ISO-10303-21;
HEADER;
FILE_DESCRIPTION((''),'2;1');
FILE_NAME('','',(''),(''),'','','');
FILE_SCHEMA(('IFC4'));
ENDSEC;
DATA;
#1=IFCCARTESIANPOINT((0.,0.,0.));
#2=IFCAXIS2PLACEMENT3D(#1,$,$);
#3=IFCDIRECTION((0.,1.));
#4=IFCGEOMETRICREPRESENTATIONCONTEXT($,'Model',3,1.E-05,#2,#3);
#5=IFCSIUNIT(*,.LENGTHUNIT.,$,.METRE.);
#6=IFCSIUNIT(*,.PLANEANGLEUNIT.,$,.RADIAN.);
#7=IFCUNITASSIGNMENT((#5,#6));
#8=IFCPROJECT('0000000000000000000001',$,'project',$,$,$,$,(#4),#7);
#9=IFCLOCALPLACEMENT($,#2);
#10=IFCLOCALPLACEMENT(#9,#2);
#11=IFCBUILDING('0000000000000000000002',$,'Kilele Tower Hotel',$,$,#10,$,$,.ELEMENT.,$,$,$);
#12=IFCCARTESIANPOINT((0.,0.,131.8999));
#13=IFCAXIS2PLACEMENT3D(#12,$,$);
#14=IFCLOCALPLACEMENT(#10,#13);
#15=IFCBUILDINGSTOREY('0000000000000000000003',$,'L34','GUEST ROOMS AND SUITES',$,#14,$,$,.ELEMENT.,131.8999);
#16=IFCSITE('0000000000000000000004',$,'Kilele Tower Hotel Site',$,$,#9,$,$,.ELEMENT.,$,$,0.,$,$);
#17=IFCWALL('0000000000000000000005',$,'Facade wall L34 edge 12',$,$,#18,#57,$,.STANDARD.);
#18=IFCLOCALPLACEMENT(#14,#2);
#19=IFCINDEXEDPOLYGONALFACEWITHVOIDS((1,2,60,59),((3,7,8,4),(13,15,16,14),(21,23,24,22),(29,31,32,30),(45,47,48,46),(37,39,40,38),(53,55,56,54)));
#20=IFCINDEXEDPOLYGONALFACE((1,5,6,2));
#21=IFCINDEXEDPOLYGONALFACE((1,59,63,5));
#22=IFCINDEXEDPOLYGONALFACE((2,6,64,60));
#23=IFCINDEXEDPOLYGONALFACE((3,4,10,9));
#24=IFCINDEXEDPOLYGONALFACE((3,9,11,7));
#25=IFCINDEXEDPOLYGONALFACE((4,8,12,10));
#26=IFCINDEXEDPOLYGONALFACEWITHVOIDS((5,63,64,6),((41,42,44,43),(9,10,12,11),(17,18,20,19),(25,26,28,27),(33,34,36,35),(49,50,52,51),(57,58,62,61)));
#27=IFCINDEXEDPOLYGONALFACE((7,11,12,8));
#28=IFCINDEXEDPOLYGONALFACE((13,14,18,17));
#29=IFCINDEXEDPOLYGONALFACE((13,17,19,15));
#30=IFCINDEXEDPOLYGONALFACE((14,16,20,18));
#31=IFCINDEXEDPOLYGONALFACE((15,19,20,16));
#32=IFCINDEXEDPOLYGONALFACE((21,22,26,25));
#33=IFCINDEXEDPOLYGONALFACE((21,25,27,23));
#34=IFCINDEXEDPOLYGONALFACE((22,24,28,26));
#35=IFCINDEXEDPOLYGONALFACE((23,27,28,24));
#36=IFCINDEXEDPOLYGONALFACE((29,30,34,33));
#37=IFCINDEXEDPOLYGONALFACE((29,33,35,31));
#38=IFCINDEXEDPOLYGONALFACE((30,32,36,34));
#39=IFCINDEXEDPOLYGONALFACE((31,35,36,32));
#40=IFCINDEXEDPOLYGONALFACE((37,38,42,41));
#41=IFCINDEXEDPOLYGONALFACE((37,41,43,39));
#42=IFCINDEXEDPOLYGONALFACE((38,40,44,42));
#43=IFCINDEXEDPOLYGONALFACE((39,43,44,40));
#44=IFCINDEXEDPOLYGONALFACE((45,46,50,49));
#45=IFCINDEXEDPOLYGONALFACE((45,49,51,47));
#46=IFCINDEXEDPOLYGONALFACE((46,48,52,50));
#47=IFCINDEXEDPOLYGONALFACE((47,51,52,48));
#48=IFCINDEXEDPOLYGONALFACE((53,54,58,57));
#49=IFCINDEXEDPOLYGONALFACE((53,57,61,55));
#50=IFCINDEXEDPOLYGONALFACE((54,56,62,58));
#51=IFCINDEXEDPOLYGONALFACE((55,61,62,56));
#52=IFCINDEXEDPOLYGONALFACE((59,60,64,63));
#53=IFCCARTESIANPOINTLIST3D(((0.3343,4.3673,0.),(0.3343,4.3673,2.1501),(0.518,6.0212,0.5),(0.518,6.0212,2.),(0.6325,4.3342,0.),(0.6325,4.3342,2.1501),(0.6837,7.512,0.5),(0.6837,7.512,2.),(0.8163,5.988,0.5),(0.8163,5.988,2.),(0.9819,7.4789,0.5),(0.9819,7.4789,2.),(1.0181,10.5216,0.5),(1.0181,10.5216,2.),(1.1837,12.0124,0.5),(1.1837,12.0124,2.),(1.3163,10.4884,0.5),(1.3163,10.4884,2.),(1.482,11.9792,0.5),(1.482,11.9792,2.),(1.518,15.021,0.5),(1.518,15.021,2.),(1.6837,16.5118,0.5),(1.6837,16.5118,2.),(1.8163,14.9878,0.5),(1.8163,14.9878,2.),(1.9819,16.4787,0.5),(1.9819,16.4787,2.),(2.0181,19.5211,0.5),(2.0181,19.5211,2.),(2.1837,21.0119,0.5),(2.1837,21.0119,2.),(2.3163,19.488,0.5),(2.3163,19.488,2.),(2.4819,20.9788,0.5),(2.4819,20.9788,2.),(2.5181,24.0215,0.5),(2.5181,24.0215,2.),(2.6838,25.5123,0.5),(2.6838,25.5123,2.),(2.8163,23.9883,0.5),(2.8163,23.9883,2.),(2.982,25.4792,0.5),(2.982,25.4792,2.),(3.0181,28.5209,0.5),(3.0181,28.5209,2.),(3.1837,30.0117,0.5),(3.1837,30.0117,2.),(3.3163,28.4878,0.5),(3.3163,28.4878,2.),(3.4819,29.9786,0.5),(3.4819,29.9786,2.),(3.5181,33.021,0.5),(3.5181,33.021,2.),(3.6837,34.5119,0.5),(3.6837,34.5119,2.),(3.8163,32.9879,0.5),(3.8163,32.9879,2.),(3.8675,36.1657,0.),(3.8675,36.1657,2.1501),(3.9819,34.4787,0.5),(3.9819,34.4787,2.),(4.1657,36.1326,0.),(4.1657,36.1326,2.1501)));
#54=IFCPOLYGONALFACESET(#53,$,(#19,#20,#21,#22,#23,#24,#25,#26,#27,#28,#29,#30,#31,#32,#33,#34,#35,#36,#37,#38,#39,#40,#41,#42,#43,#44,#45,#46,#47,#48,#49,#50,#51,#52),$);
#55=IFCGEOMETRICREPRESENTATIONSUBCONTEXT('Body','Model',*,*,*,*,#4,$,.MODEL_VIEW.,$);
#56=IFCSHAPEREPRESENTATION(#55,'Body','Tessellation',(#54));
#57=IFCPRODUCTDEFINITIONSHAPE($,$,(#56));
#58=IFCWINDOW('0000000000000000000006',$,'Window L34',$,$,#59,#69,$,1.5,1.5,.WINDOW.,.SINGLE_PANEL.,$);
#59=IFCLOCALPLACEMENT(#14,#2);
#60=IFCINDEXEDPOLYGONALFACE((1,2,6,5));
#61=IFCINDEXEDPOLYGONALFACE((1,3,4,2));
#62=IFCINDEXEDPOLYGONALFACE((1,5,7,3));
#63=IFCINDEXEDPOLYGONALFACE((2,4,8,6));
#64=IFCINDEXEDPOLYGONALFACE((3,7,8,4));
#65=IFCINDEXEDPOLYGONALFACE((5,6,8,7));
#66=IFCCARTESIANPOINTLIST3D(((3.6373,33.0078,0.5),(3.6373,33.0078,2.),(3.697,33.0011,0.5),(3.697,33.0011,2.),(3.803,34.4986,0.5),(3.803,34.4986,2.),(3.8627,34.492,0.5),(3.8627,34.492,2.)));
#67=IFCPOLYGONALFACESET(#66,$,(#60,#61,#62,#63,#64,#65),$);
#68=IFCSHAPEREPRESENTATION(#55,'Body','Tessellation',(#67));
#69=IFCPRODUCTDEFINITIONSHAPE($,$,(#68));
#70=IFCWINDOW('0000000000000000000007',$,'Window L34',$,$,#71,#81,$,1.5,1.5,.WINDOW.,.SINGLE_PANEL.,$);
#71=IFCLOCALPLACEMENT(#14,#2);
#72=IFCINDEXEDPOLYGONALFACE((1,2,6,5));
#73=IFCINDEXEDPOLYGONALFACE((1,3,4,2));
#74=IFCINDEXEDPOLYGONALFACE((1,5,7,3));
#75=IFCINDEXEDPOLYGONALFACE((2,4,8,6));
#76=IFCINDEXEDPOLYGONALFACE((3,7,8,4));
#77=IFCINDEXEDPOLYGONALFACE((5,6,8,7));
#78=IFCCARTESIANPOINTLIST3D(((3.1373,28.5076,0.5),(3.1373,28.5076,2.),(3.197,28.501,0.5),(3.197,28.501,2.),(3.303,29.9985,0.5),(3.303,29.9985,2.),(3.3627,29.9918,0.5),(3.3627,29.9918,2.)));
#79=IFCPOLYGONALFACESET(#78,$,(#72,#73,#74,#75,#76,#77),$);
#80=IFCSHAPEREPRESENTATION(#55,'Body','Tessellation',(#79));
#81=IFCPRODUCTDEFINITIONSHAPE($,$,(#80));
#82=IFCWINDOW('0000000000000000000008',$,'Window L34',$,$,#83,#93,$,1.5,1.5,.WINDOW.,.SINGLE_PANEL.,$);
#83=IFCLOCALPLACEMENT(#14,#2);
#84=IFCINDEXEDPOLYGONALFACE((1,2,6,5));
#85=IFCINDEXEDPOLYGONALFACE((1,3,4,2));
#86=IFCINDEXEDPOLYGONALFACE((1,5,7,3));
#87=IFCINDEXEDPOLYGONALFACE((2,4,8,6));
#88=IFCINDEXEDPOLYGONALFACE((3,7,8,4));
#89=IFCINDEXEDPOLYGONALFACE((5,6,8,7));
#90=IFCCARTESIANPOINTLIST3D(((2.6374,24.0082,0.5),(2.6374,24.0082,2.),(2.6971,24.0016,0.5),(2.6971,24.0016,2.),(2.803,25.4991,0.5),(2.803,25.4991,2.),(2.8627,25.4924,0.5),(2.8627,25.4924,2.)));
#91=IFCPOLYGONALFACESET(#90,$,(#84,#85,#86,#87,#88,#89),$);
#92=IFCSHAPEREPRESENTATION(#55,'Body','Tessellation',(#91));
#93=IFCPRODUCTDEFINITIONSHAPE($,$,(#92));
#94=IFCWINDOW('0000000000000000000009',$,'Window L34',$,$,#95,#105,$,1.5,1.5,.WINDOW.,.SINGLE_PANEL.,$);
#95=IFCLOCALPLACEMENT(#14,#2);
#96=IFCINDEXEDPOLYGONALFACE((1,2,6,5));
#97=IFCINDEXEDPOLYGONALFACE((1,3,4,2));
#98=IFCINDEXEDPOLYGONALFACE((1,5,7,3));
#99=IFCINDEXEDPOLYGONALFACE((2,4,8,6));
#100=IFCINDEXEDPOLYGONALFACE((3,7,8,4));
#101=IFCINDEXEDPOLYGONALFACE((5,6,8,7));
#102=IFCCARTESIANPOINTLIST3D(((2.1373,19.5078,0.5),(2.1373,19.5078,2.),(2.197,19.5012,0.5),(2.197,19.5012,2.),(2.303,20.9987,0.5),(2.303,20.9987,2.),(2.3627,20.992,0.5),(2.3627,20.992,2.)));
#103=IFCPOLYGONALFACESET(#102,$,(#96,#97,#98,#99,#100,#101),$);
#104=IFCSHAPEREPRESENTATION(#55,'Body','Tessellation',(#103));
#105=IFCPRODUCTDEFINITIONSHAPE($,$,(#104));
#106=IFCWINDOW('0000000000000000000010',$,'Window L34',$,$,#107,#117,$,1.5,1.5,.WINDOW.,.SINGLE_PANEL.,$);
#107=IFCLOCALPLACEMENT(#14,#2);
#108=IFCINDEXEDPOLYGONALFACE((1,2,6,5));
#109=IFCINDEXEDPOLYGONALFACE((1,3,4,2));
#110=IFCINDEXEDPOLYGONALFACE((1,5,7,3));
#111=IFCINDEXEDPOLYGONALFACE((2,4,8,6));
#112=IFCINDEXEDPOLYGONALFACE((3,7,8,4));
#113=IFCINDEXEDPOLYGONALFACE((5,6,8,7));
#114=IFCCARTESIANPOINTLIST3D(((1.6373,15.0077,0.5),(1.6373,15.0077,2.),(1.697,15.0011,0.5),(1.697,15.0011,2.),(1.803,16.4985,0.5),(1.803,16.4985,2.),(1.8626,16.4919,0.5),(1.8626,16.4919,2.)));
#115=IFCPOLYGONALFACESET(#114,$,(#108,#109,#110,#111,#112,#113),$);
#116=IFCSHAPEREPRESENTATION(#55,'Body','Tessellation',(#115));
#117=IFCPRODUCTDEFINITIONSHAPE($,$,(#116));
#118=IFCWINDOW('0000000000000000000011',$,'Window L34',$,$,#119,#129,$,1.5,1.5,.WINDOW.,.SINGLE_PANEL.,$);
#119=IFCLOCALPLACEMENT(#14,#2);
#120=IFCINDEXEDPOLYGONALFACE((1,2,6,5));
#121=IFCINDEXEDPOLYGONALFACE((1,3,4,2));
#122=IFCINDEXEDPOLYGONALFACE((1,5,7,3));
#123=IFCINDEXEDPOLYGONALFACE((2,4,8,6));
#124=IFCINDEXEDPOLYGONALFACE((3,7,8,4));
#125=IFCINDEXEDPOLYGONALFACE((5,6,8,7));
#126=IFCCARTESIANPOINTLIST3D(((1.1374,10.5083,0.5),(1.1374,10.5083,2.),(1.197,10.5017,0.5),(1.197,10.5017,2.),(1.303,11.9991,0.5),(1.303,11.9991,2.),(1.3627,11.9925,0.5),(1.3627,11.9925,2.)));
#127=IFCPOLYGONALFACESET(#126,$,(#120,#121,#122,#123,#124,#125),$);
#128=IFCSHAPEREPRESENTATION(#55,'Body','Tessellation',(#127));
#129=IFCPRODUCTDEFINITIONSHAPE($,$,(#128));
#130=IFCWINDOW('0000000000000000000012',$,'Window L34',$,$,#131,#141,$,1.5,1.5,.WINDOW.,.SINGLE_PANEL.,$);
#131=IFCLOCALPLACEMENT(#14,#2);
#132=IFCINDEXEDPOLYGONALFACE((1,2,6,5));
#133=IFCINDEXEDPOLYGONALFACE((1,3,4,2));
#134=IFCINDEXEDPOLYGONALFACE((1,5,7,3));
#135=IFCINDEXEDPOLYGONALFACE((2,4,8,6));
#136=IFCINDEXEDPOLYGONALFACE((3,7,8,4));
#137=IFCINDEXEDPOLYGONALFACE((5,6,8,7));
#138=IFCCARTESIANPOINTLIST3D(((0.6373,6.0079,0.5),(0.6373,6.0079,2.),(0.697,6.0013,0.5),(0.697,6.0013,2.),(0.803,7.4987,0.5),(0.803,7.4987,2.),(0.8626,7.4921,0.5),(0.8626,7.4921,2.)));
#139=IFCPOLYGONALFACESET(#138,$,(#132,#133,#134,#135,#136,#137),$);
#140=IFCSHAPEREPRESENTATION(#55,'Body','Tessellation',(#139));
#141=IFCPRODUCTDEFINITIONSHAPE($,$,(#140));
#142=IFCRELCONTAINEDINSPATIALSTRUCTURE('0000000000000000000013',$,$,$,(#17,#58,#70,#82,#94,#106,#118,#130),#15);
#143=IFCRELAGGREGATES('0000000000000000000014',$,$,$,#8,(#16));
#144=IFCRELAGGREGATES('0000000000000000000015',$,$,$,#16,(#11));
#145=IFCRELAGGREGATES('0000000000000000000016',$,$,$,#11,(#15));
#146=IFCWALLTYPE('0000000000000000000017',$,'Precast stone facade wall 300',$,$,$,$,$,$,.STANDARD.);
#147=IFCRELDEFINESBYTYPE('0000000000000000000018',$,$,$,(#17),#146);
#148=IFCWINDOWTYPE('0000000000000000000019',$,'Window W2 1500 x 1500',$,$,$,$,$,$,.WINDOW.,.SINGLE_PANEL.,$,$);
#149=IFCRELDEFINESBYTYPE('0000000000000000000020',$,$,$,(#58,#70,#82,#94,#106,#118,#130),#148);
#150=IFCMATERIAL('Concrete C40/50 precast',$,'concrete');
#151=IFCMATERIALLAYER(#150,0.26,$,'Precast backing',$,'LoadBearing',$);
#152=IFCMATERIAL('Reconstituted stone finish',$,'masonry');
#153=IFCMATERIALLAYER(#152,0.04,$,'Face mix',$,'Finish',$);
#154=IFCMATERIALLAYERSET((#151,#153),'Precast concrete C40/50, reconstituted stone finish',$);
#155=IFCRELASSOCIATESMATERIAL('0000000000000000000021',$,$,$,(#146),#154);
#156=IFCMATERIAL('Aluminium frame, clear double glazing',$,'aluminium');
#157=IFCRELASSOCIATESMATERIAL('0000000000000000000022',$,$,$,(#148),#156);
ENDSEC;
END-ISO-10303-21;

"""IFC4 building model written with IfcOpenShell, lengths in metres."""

from ifc_helpers import new_model, si_unit, direction, frame, frame_2d, origin, place, context, subcontext, project, spatial, rectangle, extrude, material, layer, layer_set, type_object, element, fill, save


model = new_model("IFC4")

# Units and contexts
model_context = context("Model", 3, precision=1e-05, world=origin(), true_north=direction((0.0, 1.0)))
body_context = subcontext(model_context, "Body", "Model", "MODEL_VIEW")
ifc_project = project(units=[si_unit("LENGTHUNIT", "METRE"), si_unit("PLANEANGLEUNIT", "RADIAN")], contexts=[model_context])

# Site, building, storey
site_placement = place(None, origin())
site = spatial("IfcSite", under=ifc_project, at=site_placement, Name="Kilele Tower Hotel Site", CompositionType="ELEMENT", RefElevation=0.0)
building_placement = place(site_placement, origin())
building = spatial("IfcBuilding", under=site, at=building_placement, Name="Kilele Tower Hotel", CompositionType="ELEMENT")
storey_placement = place(building_placement, frame((0.0, 0.0, 131.8999)))
storey = spatial("IfcBuildingStorey", under=building, at=storey_placement, Name="L34", Description="GUEST ROOMS AND SUITES", CompositionType="ELEMENT", Elevation=131.8999)

# Shared definitions
ifc_material_1 = material(Name="Concrete C40/50 precast", Category="concrete")
ifc_layer_1 = layer(ifc_material_1, 0.26, Name="Precast backing", Category="LoadBearing")
ifc_material_2 = material(Name="Reconstituted stone finish", Category="masonry")
ifc_layer_2 = layer(ifc_material_2, 0.04, Name="Face mix", Category="Finish")
ifc_layer_set_1 = layer_set([ifc_layer_1, ifc_layer_2], Name="Precast concrete C40/50, reconstituted stone finish")
wall_type_1 = type_object("IfcWallType", Name="Precast stone facade wall 300", PredefinedType="STANDARD", material=ifc_layer_set_1)
ifc_material_3 = material(Name="Aluminium frame, clear double glazing", Category="aluminium")
window_type_1 = type_object("IfcWindowType", Name="Window W2 1500 x 1500", PartitioningType="SINGLE_PANEL", PredefinedType="WINDOW", material=ifc_material_3)

# Wall, openings, windows
wall_1_placement = place(storey_placement, frame((4.0166, 36.1492, 0.0), z_axis=(0.0, 0.0, 1.0), x_axis=(-0.110433, -0.993884, 0.0)))
wall_1 = element("IfcWall", 1, at=wall_1_placement, inside=storey, type_object=wall_type_1, Name="Facade wall L34 edge 12", PredefinedType="STANDARD", context=body_context, shape_type="SweptSolid", body=[
    extrude(rectangle(XDim=31.9941, YDim=0.3, at=frame_2d((15.9971, 0.0))), origin(), (0.0, 0.0, 1.0), 2.1501),
])
opening_1_placement = place(wall_1_placement, frame((1.6641, 0.0, 0.5)))
opening_1 = element("IfcOpeningElement", 2, at=opening_1_placement, cuts=wall_1, PredefinedType="OPENING", context=body_context, shape_type="SweptSolid", body=[
    extrude(rectangle(XDim=1.5, YDim=1.5, at=frame_2d((0.75, 0.75))), frame((0.0, 0.1599, 0.0), z_axis=(0.0, -1.0, 0.0), x_axis=(1.0, 0.0, 0.0)), (0.0, 0.0, 1.0), 0.3201),
])
opening_2_placement = place(wall_1_placement, frame((6.1919, 0.0, 0.5)))
opening_2 = element("IfcOpeningElement", 3, at=opening_2_placement, cuts=wall_1, PredefinedType="OPENING", context=body_context, shape_type="SweptSolid", body=[
    extrude(rectangle(XDim=1.5, YDim=1.5, at=frame_2d((0.75, 0.75))), frame((0.0, 0.1599, 0.0), z_axis=(0.0, -1.0, 0.0), x_axis=(1.0, 0.0, 0.0)), (0.0, 0.0, 1.0), 0.3201),
])
opening_3_placement = place(wall_1_placement, frame((10.719, 0.0, 0.5)))
opening_3 = element("IfcOpeningElement", 4, at=opening_3_placement, cuts=wall_1, PredefinedType="OPENING", context=body_context, shape_type="SweptSolid", body=[
    extrude(rectangle(XDim=1.5, YDim=1.5, at=frame_2d((0.75, 0.75))), frame((0.0, 0.1599, 0.0), z_axis=(0.0, -1.0, 0.0), x_axis=(1.0, 0.0, 0.0)), (0.0, 0.0, 1.0), 0.3201),
])
opening_4_placement = place(wall_1_placement, frame((15.2471, 0.0, 0.5)))
opening_4 = element("IfcOpeningElement", 5, at=opening_4_placement, cuts=wall_1, PredefinedType="OPENING", context=body_context, shape_type="SweptSolid", body=[
    extrude(rectangle(XDim=1.5, YDim=1.5, at=frame_2d((0.75, 0.75))), frame((0.0, 0.1599, 0.0), z_axis=(0.0, -1.0, 0.0), x_axis=(1.0, 0.0, 0.0)), (0.0, 0.0, 1.0), 0.3201),
])
opening_5_placement = place(wall_1_placement, frame((19.7749, 0.0, 0.5)))
opening_5 = element("IfcOpeningElement", 6, at=opening_5_placement, cuts=wall_1, PredefinedType="OPENING", context=body_context, shape_type="SweptSolid", body=[
    extrude(rectangle(XDim=1.5, YDim=1.5, at=frame_2d((0.75, 0.75))), frame((0.0, 0.1599, 0.0), z_axis=(0.0, -1.0, 0.0), x_axis=(1.0, 0.0, 0.0)), (0.0, 0.0, 1.0), 0.3201),
])
opening_6_placement = place(wall_1_placement, frame((24.302, 0.0, 0.5)))
opening_6 = element("IfcOpeningElement", 7, at=opening_6_placement, cuts=wall_1, PredefinedType="OPENING", context=body_context, shape_type="SweptSolid", body=[
    extrude(rectangle(XDim=1.5, YDim=1.5, at=frame_2d((0.75, 0.75))), frame((0.0, 0.1599, 0.0), z_axis=(0.0, -1.0, 0.0), x_axis=(1.0, 0.0, 0.0)), (0.0, 0.0, 1.0), 0.3201),
])
opening_7_placement = place(wall_1_placement, frame((28.8301, 0.0, 0.5)))
opening_7 = element("IfcOpeningElement", 8, at=opening_7_placement, cuts=wall_1, PredefinedType="OPENING", context=body_context, shape_type="SweptSolid", body=[
    extrude(rectangle(XDim=1.5, YDim=1.5, at=frame_2d((0.75, 0.75))), frame((0.0, 0.1599, 0.0), z_axis=(0.0, -1.0, 0.0), x_axis=(1.0, 0.0, 0.0)), (0.0, 0.0, 1.0), 0.3201),
])
window_1_placement = place(opening_1_placement, origin())
window_1 = element("IfcWindow", 9, at=window_1_placement, inside=storey, type_object=window_type_1, Name="Window L34", OverallHeight=1.5, OverallWidth=1.5, PartitioningType="SINGLE_PANEL", PredefinedType="WINDOW", context=body_context, shape_type="SweptSolid", body=[
    extrude(rectangle(XDim=1.5, YDim=1.5, at=frame_2d((0.75, 0.75))), frame((0.0, 0.03, 0.0), z_axis=(0.0, -1.0, 0.0), x_axis=(1.0, 0.0, 0.0)), (0.0, 0.0, 1.0), 0.0601),
])
fill(opening_1, window_1)
window_2_placement = place(opening_2_placement, origin())
window_2 = element("IfcWindow", 10, at=window_2_placement, inside=storey, type_object=window_type_1, Name="Window L34", OverallHeight=1.5, OverallWidth=1.5, PartitioningType="SINGLE_PANEL", PredefinedType="WINDOW", context=body_context, shape_type="SweptSolid", body=[
    extrude(rectangle(XDim=1.5, YDim=1.5, at=frame_2d((0.75, 0.75))), frame((0.0, 0.03, 0.0), z_axis=(0.0, -1.0, 0.0), x_axis=(1.0, 0.0, 0.0)), (0.0, 0.0, 1.0), 0.0601),
])
fill(opening_2, window_2)
window_3_placement = place(opening_3_placement, origin())
window_3 = element("IfcWindow", 11, at=window_3_placement, inside=storey, type_object=window_type_1, Name="Window L34", OverallHeight=1.5, OverallWidth=1.5, PartitioningType="SINGLE_PANEL", PredefinedType="WINDOW", context=body_context, shape_type="SweptSolid", body=[
    extrude(rectangle(XDim=1.5, YDim=1.5, at=frame_2d((0.75, 0.75))), frame((0.0, 0.03, 0.0), z_axis=(0.0, -1.0, 0.0), x_axis=(1.0, 0.0, 0.0)), (0.0, 0.0, 1.0), 0.0601),
])
fill(opening_3, window_3)
window_4_placement = place(opening_4_placement, origin())
window_4 = element("IfcWindow", 12, at=window_4_placement, inside=storey, type_object=window_type_1, Name="Window L34", OverallHeight=1.5, OverallWidth=1.5, PartitioningType="SINGLE_PANEL", PredefinedType="WINDOW", context=body_context, shape_type="SweptSolid", body=[
    extrude(rectangle(XDim=1.5, YDim=1.5, at=frame_2d((0.75, 0.75))), frame((0.0, 0.03, 0.0), z_axis=(0.0, -1.0, 0.0), x_axis=(1.0, 0.0, 0.0)), (0.0, 0.0, 1.0), 0.0601),
])
fill(opening_4, window_4)
window_5_placement = place(opening_5_placement, origin())
window_5 = element("IfcWindow", 13, at=window_5_placement, inside=storey, type_object=window_type_1, Name="Window L34", OverallHeight=1.5, OverallWidth=1.5, PartitioningType="SINGLE_PANEL", PredefinedType="WINDOW", context=body_context, shape_type="SweptSolid", body=[
    extrude(rectangle(XDim=1.5, YDim=1.5, at=frame_2d((0.75, 0.75))), frame((0.0, 0.03, 0.0), z_axis=(0.0, -1.0, 0.0), x_axis=(1.0, 0.0, 0.0)), (0.0, 0.0, 1.0), 0.0601),
])
fill(opening_5, window_5)
window_6_placement = place(opening_6_placement, origin())
window_6 = element("IfcWindow", 14, at=window_6_placement, inside=storey, type_object=window_type_1, Name="Window L34", OverallHeight=1.5, OverallWidth=1.5, PartitioningType="SINGLE_PANEL", PredefinedType="WINDOW", context=body_context, shape_type="SweptSolid", body=[
    extrude(rectangle(XDim=1.5, YDim=1.5, at=frame_2d((0.75, 0.75))), frame((0.0, 0.03, 0.0), z_axis=(0.0, -1.0, 0.0), x_axis=(1.0, 0.0, 0.0)), (0.0, 0.0, 1.0), 0.0601),
])
fill(opening_6, window_6)
window_7_placement = place(opening_7_placement, origin())
window_7 = element("IfcWindow", 15, at=window_7_placement, inside=storey, type_object=window_type_1, Name="Window L34", OverallHeight=1.5, OverallWidth=1.5, PartitioningType="SINGLE_PANEL", PredefinedType="WINDOW", context=body_context, shape_type="SweptSolid", body=[
    extrude(rectangle(XDim=1.5, YDim=1.5, at=frame_2d((0.75, 0.75))), frame((0.0, 0.03, 0.0), z_axis=(0.0, -1.0, 0.0), x_axis=(1.0, 0.0, 0.0)), (0.0, 0.0, 1.0), 0.0601),
])
fill(opening_7, window_7)

save(model, "model.ifc")
